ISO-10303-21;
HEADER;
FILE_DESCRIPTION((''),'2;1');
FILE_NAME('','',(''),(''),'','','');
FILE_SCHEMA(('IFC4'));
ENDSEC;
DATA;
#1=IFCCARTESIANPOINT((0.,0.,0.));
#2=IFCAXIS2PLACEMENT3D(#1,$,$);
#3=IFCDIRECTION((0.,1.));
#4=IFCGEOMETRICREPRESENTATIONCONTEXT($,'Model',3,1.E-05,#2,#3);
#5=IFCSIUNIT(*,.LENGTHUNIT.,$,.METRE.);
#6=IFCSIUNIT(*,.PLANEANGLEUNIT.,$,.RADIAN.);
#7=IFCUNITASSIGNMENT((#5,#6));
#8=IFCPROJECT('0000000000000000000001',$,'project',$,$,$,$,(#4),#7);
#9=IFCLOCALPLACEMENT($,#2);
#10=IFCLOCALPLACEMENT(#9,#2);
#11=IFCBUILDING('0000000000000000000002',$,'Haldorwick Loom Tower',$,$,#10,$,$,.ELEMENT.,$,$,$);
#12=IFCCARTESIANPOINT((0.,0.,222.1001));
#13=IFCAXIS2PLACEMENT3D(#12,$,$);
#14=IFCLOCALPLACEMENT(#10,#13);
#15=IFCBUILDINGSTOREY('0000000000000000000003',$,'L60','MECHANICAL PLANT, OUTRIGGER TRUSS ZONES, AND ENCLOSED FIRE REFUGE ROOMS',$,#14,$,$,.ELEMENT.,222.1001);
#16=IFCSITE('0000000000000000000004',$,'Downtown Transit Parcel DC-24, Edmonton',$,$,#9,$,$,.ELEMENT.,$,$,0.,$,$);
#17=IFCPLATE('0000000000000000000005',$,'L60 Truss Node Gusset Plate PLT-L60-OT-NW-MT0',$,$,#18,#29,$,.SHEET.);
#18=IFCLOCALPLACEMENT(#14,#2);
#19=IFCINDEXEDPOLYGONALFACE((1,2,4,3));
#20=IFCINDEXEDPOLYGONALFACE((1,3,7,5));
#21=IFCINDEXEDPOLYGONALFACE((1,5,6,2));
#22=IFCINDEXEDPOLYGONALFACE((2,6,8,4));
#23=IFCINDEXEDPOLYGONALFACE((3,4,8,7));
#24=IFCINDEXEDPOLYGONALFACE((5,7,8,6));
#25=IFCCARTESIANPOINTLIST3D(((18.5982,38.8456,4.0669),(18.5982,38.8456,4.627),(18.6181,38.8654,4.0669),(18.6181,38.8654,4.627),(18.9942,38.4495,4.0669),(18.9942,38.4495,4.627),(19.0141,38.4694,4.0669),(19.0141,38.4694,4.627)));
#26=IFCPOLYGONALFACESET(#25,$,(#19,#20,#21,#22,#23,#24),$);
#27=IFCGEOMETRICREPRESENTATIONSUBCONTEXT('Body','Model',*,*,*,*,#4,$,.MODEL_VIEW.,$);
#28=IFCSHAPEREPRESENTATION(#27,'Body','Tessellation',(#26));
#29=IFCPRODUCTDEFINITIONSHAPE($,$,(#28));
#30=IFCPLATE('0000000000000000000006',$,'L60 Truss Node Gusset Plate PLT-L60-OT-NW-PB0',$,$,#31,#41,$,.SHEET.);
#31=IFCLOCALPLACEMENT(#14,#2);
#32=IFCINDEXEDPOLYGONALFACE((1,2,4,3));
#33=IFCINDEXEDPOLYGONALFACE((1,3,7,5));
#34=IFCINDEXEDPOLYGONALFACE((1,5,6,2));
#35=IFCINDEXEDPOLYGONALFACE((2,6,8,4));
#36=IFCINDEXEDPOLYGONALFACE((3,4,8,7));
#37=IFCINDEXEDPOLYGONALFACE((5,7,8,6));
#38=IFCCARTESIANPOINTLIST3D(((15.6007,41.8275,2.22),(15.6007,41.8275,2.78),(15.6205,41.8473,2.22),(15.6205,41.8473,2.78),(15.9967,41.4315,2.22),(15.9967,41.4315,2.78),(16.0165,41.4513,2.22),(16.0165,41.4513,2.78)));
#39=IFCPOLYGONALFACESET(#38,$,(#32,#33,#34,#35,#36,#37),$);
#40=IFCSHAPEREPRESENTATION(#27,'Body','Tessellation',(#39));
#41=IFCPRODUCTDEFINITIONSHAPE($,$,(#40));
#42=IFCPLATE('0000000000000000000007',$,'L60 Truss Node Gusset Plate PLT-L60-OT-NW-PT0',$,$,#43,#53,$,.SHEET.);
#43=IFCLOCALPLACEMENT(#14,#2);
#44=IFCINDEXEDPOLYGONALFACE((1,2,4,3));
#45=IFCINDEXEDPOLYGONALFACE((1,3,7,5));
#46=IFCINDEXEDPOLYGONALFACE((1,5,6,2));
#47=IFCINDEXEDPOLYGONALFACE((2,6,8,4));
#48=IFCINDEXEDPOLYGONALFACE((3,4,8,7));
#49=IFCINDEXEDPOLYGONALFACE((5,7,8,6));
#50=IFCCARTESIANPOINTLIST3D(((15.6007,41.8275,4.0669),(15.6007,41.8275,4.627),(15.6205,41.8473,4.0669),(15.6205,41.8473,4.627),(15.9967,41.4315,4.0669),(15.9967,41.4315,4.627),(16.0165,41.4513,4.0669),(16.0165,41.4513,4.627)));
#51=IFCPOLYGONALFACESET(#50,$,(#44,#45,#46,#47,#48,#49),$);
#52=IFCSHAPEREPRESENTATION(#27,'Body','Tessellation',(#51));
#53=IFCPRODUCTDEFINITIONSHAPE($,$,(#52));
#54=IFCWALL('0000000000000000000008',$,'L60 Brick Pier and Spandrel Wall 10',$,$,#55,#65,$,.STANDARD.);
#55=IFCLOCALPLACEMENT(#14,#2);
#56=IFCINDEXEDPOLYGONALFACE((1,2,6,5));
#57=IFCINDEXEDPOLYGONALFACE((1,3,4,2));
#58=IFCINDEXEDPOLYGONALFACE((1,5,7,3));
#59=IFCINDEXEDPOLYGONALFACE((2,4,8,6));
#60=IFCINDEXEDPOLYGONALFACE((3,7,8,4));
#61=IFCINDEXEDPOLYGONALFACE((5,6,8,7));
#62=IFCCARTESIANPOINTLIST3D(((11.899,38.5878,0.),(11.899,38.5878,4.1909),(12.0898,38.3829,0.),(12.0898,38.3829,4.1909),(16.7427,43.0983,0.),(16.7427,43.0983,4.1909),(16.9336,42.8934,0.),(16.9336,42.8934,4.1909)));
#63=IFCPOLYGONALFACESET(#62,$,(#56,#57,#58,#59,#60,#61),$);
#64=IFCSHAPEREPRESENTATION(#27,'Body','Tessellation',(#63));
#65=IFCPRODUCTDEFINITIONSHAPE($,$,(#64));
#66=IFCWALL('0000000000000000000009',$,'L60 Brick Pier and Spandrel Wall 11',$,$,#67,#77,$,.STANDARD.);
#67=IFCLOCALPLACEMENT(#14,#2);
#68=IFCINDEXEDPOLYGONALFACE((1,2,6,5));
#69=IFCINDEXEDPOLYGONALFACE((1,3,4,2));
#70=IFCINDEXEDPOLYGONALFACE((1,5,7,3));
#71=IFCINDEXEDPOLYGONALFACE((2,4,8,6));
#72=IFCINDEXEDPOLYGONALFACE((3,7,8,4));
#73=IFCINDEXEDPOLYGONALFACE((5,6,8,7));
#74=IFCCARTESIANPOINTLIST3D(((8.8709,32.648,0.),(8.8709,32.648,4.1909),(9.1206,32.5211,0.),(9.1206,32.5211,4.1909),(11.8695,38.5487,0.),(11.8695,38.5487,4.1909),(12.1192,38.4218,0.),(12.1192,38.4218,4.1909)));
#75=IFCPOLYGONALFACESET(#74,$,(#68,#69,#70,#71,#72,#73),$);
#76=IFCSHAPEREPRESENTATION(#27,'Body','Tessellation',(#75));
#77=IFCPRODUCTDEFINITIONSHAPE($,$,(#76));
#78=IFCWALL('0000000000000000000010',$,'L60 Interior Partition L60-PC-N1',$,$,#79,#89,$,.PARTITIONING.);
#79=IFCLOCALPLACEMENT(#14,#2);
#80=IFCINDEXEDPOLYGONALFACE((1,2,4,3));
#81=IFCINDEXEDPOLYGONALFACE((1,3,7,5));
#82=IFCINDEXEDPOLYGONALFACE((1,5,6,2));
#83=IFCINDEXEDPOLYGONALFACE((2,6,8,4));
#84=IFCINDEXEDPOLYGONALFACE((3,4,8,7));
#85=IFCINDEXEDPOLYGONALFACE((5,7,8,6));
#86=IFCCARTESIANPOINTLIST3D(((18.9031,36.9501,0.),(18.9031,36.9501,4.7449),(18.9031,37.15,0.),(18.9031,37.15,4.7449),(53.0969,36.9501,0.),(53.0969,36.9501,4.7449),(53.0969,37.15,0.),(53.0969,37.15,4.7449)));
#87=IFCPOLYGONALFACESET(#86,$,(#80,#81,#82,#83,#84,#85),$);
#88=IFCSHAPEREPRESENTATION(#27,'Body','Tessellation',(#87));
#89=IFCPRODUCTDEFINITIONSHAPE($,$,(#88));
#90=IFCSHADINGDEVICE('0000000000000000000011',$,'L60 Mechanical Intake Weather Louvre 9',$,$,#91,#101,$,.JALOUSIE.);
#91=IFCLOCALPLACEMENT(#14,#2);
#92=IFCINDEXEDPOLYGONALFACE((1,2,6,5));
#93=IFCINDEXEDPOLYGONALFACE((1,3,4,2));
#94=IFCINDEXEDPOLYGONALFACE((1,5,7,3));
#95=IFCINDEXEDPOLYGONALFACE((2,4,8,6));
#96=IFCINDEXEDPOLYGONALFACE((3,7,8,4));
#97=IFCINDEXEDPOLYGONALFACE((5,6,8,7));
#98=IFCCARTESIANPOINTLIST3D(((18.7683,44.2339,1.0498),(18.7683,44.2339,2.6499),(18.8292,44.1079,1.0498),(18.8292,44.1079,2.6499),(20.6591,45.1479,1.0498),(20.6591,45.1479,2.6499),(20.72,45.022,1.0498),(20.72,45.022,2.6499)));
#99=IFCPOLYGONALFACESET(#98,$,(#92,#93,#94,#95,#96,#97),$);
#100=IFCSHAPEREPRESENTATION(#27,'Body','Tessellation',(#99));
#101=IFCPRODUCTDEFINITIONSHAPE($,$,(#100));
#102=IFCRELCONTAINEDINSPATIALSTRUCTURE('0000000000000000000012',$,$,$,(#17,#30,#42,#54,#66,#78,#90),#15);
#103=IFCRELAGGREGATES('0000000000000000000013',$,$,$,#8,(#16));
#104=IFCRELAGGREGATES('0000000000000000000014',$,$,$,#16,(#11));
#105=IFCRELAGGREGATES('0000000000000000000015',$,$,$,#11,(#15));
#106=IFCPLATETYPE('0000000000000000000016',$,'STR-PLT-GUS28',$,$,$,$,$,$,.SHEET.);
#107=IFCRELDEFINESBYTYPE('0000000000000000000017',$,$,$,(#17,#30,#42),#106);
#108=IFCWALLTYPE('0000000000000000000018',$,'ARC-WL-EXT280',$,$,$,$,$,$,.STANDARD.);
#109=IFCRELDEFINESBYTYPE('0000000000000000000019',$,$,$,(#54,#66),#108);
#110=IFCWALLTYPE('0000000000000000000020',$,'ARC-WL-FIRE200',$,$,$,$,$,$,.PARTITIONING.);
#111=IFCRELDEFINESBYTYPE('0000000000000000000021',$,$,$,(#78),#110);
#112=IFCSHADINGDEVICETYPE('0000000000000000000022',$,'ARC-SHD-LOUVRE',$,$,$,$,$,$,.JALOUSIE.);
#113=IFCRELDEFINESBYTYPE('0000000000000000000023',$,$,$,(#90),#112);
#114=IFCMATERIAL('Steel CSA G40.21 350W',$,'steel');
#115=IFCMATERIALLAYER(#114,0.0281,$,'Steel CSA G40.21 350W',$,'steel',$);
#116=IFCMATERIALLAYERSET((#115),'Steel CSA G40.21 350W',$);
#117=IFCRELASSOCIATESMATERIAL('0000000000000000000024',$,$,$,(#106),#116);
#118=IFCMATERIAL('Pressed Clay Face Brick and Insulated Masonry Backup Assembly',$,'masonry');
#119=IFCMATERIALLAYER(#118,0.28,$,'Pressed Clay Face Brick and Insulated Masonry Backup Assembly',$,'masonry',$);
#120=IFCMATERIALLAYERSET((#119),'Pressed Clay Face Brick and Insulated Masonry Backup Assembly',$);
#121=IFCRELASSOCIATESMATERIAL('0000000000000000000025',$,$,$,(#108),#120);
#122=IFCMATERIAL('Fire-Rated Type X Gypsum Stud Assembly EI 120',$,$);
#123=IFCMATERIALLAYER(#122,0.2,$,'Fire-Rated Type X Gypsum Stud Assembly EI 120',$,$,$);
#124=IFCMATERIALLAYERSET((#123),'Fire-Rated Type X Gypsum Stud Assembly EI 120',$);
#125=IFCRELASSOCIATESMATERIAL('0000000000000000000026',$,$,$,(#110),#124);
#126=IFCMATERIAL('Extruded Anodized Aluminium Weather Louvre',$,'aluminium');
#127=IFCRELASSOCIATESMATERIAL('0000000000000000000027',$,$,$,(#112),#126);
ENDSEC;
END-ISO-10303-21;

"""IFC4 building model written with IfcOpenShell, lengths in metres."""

from ifc_helpers import new_model, si_unit, direction, frame, frame_2d, origin, origin_2d, place, context, subcontext, project, spatial, rectangle, extrude, material, layer, layer_set, type_object, element, save


model = new_model("IFC4")

# Units and contexts
model_context = context("Model", 3, precision=1e-05, world=origin(), true_north=direction((0.0, 1.0)))
body_context = subcontext(model_context, "Body", "Model", "MODEL_VIEW")
ifc_project = project(units=[si_unit("LENGTHUNIT", "METRE"), si_unit("PLANEANGLEUNIT", "RADIAN")], contexts=[model_context])

# Site, building, storey
site_placement = place(None, origin())
site = spatial("IfcSite", under=ifc_project, at=site_placement, Name="Downtown Transit Parcel DC-24, Edmonton", CompositionType="ELEMENT", RefElevation=0.0)
building_placement = place(site_placement, origin())
building = spatial("IfcBuilding", under=site, at=building_placement, Name="Haldorwick Loom Tower", CompositionType="ELEMENT")
storey_placement = place(building_placement, frame((0.0, 0.0, 222.1001)))
storey = spatial("IfcBuildingStorey", under=building, at=storey_placement, Name="L60", Description="MECHANICAL PLANT, OUTRIGGER TRUSS ZONES, AND ENCLOSED FIRE REFUGE ROOMS", CompositionType="ELEMENT", Elevation=222.1001)

# Shared definitions
ifc_material_1 = material(Name="Steel CSA G40.21 350W", Category="steel")

# Plates
ifc_layer_1 = layer(ifc_material_1, 0.0281, Name="Steel CSA G40.21 350W", Category="steel")
ifc_layer_set_1 = layer_set([ifc_layer_1], Name="Steel CSA G40.21 350W")
plate_type = type_object("IfcPlateType", Name="STR-PLT-GUS28", PredefinedType="SHEET", material=ifc_layer_set_1)
for number, where, z_axis, x_axis, name in (
    (1, (18.8062, 38.6575, 4.0669), (0.0, 0.0, 1.0), (-0.707107, 0.707107, 0.0), "L60 Truss Node Gusset Plate PLT-L60-OT-NW-MT0"),
    (2, (15.8086, 41.6394, 2.22), (0.0, 0.0, 1.0), (-0.707107, 0.707107, 0.0), "L60 Truss Node Gusset Plate PLT-L60-OT-NW-PB0"),
    (3, (15.8086, 41.6394, 4.0669), (0.0, 0.0, 1.0), (-0.707107, 0.707107, 0.0), "L60 Truss Node Gusset Plate PLT-L60-OT-NW-PT0"),
):
    element("IfcPlate", number, at=place(storey_placement, frame(where, z_axis=z_axis, x_axis=x_axis)), inside=storey, type_object=plate_type, Name=name, PredefinedType="SHEET", context=body_context, shape_type="SweptSolid", body=[
        extrude(rectangle(XDim=0.5601, YDim=0.0281, at=origin_2d()), origin(), (0.0, 0.0, 1.0), 0.5601),
    ])

# Walls
ifc_material_2 = material(Name="Pressed Clay Face Brick and Insulated Masonry Backup Assembly", Category="masonry")
ifc_layer_2 = layer(ifc_material_2, 0.28, Name="Pressed Clay Face Brick and Insulated Masonry Backup Assembly", Category="masonry")
ifc_layer_set_2 = layer_set([ifc_layer_2], Name="Pressed Clay Face Brick and Insulated Masonry Backup Assembly")
wall_type_1 = type_object("IfcWallType", Name="ARC-WL-EXT280", PredefinedType="STANDARD", material=ifc_layer_set_2)
wall_1_placement = place(storey_placement, frame((16.8381, 42.9958, 0.0), z_axis=(0.0, 0.0, 1.0), x_axis=(-0.731834, -0.681483, 0.0)))
element("IfcWall", 4, at=wall_1_placement, inside=storey, type_object=wall_type_1, Name="L60 Brick Pier and Spandrel Wall 10", PredefinedType="STANDARD", context=body_context, shape_type="SweptSolid", body=[
    extrude(rectangle(XDim=6.6187, YDim=0.28, at=frame_2d((3.3093, 0.0))), origin(), (0.0, 0.0, 1.0), 4.1909),
])
wall_2_placement = place(storey_placement, frame((11.9944, 38.4854, 0.0), z_axis=(0.0, 0.0, 1.0), x_axis=(-0.453032, -0.891494, 0.0)))
element("IfcWall", 5, at=wall_2_placement, inside=storey, type_object=wall_type_1, Name="L60 Brick Pier and Spandrel Wall 11", PredefinedType="STANDARD", context=body_context, shape_type="SweptSolid", body=[
    extrude(rectangle(XDim=6.6189, YDim=0.28, at=frame_2d((3.3096, 0.0))), origin(), (0.0, 0.0, 1.0), 4.1909),
])
ifc_material_3 = material(Name="Fire-Rated Type X Gypsum Stud Assembly EI 120")
ifc_layer_3 = layer(ifc_material_3, 0.2, Name="Fire-Rated Type X Gypsum Stud Assembly EI 120")
ifc_layer_set_3 = layer_set([ifc_layer_3], Name="Fire-Rated Type X Gypsum Stud Assembly EI 120")
wall_type_2 = type_object("IfcWallType", Name="ARC-WL-FIRE200", PredefinedType="PARTITIONING", material=ifc_layer_set_3)
wall_3_placement = place(storey_placement, frame((18.9031, 37.05, 0.0), z_axis=(0.0, 0.0, 1.0), x_axis=(1.0, 0.0, 0.0)))
element("IfcWall", 6, at=wall_3_placement, inside=storey, type_object=wall_type_2, Name="L60 Interior Partition L60-PC-N1", PredefinedType="PARTITIONING", context=body_context, shape_type="SweptSolid", body=[
    extrude(rectangle(XDim=34.1938, YDim=0.2, at=frame_2d((17.0969, 0.0))), origin(), (0.0, 0.0, 1.0), 4.7449),
])

# Shading device
ifc_material_4 = material(Name="Extruded Anodized Aluminium Weather Louvre", Category="aluminium")
shading_device_type = type_object("IfcShadingDeviceType", Name="ARC-SHD-LOUVRE", PredefinedType="JALOUSIE", material=ifc_material_4)
shading_device_placement = place(storey_placement, frame((19.7441, 44.6279, 1.0498), z_axis=(0.0, 0.0, 1.0), x_axis=(-0.900319, -0.435231, 0.0)))
element("IfcShadingDevice", 7, at=shading_device_placement, inside=storey, type_object=shading_device_type, Name="L60 Mechanical Intake Weather Louvre 9", PredefinedType="JALOUSIE", context=body_context, shape_type="SweptSolid", body=[
    extrude(rectangle(XDim=2.1001, YDim=0.1399, at=origin_2d()), origin(), (0.0, 0.0, 1.0), 1.6001),
])

save(model, "model.ifc")
